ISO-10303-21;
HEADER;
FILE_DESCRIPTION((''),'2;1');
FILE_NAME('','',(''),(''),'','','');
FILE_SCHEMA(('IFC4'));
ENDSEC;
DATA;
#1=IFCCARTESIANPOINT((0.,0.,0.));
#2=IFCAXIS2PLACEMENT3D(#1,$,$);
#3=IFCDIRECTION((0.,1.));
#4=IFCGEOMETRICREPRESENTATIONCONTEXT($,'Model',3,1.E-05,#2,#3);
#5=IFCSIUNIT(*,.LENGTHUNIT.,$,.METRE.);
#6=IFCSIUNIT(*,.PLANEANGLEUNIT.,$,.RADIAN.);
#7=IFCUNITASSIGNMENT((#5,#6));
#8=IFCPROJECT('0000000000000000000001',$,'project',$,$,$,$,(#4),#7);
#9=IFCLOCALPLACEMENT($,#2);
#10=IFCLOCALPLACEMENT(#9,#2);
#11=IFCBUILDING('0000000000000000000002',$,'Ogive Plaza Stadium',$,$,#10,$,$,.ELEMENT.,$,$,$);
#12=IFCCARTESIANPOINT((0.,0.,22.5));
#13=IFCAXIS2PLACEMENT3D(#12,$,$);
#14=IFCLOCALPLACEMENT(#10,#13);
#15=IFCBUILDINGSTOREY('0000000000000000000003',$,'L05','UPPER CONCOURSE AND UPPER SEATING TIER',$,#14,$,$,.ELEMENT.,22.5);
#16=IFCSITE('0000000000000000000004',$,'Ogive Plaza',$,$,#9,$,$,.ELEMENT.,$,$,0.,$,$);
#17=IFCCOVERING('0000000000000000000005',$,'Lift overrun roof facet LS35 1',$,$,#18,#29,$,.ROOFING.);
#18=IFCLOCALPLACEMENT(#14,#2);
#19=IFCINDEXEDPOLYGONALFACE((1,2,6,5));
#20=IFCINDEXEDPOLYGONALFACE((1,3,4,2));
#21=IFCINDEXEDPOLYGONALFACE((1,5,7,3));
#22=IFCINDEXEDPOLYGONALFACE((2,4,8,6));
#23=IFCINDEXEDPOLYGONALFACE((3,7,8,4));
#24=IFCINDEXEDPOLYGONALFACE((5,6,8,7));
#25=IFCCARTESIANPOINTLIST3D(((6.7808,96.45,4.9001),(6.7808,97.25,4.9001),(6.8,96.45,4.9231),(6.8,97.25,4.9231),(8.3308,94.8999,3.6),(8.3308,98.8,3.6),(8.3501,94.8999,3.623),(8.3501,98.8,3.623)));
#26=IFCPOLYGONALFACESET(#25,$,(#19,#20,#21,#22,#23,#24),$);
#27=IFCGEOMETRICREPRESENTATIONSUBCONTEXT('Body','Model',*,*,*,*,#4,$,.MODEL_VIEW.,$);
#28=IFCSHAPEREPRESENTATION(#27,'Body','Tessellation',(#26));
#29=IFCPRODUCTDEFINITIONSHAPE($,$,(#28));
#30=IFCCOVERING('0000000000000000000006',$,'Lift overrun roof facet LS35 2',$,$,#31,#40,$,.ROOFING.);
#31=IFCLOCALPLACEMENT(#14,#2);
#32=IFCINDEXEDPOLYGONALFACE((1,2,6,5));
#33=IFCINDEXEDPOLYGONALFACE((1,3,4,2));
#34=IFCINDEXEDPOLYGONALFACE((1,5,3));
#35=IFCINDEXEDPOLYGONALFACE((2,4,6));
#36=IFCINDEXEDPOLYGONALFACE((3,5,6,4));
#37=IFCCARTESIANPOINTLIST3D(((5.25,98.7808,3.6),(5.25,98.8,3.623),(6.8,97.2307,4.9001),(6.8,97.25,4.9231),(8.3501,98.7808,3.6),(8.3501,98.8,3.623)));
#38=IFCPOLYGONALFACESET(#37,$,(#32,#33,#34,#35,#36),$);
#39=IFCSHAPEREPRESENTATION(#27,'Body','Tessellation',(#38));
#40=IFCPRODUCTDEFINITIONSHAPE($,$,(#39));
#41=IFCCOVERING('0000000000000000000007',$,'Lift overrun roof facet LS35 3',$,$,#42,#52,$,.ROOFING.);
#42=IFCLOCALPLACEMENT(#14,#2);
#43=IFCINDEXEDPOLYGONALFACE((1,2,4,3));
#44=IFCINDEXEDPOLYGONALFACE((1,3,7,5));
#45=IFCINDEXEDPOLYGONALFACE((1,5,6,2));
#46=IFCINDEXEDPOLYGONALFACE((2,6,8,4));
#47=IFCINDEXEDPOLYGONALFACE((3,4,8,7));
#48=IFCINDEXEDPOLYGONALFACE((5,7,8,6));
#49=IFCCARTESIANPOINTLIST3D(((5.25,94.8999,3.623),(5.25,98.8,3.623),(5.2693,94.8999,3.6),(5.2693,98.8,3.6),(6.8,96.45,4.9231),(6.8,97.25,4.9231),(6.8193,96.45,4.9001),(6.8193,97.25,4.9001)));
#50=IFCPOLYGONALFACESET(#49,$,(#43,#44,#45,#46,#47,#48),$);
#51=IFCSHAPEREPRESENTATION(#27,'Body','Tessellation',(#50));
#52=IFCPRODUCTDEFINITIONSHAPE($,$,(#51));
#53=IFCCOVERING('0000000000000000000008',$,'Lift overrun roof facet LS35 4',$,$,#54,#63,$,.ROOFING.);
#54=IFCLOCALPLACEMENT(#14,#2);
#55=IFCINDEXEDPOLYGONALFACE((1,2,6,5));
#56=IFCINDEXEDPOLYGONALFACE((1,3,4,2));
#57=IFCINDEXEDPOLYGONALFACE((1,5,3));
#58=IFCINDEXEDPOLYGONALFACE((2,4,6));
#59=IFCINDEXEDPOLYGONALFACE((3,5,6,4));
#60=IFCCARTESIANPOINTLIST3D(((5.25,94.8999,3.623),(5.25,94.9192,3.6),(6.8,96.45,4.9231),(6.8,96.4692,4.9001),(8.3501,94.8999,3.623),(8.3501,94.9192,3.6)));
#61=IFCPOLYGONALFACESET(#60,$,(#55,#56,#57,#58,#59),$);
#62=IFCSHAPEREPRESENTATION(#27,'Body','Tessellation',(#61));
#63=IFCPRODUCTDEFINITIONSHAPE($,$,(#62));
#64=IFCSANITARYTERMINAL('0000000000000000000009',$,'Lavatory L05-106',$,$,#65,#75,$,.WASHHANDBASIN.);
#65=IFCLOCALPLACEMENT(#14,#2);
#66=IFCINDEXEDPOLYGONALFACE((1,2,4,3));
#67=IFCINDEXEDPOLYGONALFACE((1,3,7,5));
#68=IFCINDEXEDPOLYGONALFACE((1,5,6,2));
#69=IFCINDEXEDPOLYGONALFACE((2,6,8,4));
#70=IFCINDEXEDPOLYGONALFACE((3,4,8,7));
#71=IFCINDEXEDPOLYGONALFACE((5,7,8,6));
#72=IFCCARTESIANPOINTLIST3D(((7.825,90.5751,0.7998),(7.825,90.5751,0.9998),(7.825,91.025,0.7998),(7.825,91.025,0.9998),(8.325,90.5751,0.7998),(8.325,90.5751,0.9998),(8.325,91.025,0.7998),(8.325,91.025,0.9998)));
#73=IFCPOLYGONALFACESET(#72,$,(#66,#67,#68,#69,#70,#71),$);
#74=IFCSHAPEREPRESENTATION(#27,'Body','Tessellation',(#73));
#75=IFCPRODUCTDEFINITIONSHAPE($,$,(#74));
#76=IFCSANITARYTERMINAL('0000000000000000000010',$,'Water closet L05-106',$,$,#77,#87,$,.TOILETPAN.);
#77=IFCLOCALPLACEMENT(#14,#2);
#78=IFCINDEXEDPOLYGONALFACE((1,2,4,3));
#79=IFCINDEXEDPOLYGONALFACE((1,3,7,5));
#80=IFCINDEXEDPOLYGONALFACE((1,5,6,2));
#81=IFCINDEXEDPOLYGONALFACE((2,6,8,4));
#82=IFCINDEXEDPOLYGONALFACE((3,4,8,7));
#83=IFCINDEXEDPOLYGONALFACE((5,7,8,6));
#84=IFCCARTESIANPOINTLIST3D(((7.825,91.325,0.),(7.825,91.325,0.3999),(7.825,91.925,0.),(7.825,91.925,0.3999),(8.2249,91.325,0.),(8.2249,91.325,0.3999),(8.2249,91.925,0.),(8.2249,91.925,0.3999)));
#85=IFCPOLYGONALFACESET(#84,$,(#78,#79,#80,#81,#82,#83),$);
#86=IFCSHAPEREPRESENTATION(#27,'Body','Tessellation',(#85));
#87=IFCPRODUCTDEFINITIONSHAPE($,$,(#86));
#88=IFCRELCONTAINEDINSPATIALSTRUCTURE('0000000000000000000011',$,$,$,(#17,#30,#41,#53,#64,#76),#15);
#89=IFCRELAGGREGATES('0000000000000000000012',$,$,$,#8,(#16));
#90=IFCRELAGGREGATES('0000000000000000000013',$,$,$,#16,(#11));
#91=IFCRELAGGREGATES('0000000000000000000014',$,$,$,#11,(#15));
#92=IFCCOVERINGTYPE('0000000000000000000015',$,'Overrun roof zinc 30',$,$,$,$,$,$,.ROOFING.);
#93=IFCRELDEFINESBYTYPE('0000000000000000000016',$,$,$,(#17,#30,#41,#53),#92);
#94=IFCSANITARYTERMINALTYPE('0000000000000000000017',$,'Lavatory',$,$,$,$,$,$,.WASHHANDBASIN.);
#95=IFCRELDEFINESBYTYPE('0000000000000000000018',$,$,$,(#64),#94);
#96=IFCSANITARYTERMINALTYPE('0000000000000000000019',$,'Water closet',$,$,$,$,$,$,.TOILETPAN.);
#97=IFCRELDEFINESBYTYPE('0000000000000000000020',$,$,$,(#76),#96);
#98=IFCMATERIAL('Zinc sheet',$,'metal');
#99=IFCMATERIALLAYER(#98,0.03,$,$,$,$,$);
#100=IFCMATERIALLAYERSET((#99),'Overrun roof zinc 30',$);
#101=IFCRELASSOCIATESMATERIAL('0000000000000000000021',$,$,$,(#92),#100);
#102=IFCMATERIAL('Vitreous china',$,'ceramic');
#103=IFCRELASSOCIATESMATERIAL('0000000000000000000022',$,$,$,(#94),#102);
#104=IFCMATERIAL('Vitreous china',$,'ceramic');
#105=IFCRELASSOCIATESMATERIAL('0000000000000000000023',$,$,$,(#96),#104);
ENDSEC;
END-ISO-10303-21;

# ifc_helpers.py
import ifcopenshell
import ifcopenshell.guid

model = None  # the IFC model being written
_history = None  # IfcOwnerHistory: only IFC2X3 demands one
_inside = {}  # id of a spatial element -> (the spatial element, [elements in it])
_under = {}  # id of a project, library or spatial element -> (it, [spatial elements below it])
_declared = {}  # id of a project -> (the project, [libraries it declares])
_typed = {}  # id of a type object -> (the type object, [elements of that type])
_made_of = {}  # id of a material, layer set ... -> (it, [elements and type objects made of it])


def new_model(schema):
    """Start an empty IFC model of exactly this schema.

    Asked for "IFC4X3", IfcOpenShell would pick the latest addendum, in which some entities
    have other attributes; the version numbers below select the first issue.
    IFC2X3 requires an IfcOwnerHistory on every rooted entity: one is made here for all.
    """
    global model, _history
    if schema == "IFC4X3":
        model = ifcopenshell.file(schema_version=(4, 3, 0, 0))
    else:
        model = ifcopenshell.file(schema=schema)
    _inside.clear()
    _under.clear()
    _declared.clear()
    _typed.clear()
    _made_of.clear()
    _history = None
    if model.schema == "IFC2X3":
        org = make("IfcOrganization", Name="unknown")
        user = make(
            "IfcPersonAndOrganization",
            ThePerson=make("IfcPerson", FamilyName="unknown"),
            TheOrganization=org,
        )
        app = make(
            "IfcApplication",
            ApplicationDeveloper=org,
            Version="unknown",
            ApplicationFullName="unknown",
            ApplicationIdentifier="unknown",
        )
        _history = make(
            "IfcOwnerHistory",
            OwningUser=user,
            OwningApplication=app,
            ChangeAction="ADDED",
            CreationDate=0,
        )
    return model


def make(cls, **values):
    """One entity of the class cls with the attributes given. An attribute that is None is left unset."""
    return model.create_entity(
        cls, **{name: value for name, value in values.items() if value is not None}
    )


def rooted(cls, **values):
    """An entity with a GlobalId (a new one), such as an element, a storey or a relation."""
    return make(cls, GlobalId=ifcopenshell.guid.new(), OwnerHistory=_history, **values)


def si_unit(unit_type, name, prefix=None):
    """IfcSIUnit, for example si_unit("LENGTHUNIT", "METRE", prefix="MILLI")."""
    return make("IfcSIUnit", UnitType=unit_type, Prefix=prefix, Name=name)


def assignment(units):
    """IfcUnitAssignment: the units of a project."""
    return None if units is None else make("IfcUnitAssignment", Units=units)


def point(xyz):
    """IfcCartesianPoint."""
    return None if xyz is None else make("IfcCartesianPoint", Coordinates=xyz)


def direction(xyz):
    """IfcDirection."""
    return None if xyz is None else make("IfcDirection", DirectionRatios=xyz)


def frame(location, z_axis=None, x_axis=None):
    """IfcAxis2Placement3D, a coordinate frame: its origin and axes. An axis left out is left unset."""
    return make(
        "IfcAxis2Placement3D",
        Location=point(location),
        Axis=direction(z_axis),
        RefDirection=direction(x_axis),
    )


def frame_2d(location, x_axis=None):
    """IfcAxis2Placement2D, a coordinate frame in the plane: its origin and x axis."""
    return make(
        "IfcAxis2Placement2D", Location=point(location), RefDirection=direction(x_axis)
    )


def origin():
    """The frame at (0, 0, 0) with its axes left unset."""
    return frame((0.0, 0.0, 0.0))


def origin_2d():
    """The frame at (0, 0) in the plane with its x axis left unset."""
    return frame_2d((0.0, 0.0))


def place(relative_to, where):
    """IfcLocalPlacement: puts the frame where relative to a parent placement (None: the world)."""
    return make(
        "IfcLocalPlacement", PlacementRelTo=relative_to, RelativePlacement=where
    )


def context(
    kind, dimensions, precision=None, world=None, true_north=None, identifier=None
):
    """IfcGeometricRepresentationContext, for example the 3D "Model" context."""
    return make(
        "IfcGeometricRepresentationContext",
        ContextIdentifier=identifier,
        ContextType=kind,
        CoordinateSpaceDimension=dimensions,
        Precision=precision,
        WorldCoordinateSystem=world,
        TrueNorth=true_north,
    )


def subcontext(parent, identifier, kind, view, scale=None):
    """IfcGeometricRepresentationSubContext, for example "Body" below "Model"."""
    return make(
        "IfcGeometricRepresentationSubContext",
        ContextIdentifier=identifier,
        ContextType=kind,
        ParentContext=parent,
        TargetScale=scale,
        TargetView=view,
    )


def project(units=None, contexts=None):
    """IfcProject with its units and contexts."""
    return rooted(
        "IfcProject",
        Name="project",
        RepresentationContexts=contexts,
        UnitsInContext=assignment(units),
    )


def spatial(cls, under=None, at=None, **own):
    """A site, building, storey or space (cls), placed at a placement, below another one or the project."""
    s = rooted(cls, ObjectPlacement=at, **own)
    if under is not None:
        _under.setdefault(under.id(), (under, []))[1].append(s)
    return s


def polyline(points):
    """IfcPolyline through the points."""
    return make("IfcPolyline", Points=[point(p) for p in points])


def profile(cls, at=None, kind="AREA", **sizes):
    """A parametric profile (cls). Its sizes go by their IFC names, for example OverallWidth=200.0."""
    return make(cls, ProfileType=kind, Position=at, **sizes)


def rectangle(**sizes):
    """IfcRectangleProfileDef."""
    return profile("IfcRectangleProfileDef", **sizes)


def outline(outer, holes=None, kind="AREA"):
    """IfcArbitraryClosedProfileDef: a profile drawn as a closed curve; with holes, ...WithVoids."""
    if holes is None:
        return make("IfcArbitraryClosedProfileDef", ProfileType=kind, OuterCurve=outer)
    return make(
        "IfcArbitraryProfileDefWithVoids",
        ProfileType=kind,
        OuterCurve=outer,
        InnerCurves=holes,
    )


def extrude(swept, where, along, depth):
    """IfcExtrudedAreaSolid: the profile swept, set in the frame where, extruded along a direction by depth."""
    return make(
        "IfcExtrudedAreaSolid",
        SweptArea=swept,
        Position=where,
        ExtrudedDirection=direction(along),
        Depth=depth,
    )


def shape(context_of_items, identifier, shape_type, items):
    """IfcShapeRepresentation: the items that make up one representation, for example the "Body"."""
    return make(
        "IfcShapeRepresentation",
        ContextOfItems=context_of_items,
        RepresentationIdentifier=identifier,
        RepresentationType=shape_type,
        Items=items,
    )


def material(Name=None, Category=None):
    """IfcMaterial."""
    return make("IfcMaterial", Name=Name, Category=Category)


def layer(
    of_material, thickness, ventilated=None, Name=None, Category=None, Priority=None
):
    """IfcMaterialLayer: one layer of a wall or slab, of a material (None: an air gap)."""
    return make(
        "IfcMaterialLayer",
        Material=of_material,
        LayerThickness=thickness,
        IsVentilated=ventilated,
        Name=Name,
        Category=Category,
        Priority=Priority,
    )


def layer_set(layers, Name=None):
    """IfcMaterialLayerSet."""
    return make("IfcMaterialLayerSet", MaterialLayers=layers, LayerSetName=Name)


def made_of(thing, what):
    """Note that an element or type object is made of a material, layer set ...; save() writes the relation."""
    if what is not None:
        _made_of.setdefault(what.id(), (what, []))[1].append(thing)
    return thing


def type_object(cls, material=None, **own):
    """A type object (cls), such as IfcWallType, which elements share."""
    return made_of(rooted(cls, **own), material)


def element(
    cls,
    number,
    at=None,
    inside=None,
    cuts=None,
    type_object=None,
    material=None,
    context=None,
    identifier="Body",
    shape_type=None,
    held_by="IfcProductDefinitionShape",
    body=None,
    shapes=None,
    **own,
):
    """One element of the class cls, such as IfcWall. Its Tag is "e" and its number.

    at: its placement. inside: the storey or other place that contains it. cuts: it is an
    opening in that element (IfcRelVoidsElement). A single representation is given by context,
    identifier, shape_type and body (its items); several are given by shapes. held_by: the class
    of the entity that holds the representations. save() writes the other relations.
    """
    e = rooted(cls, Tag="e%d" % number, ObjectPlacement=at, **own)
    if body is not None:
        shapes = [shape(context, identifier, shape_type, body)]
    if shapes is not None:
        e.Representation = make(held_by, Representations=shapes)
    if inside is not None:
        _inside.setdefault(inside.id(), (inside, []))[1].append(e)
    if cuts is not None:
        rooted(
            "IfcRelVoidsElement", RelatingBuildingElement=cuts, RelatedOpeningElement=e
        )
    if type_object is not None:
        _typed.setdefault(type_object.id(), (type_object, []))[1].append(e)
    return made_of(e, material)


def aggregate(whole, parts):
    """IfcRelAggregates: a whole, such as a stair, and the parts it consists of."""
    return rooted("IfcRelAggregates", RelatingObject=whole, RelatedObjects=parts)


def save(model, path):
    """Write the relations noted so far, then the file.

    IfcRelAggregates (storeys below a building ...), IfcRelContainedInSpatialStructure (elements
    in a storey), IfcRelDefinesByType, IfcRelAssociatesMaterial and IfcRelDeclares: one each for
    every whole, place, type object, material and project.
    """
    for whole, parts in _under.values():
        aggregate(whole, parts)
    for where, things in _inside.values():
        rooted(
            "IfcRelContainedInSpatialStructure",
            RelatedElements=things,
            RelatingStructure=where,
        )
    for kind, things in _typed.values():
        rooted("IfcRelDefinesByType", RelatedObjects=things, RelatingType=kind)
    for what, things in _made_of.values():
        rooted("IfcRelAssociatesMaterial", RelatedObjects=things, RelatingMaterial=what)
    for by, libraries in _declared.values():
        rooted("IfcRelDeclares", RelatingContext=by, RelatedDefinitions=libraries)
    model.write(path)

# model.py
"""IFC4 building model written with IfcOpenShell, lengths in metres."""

from ifc_helpers import new_model, si_unit, direction, frame, origin, origin_2d, place, context, subcontext, project, spatial, polyline, rectangle, outline, extrude, material, layer, layer_set, type_object, element, save


model = new_model("IFC4")

# Units and contexts
model_context = context("Model", 3, precision=1e-05, world=origin(), true_north=direction((0.0, 1.0)))
body_context = subcontext(model_context, "Body", "Model", "MODEL_VIEW")
ifc_project = project(units=[si_unit("LENGTHUNIT", "METRE"), si_unit("PLANEANGLEUNIT", "RADIAN")], contexts=[model_context])

# Site, building, storey
site_placement = place(None, origin())
site = spatial("IfcSite", under=ifc_project, at=site_placement, Name="Ogive Plaza", CompositionType="ELEMENT", RefElevation=0.0)
building_placement = place(site_placement, origin())
building = spatial("IfcBuilding", under=site, at=building_placement, Name="Ogive Plaza Stadium", CompositionType="ELEMENT")
storey_placement = place(building_placement, frame((0.0, 0.0, 22.5)))
storey = spatial("IfcBuildingStorey", under=building, at=storey_placement, Name="L05", Description="UPPER CONCOURSE AND UPPER SEATING TIER", CompositionType="ELEMENT", Elevation=22.5)

# Coverings
ifc_material_1 = material(Name="Zinc sheet", Category="metal")
ifc_layer_1 = layer(ifc_material_1, 0.03)
ifc_layer_set_1 = layer_set([ifc_layer_1], Name="Overrun roof zinc 30")
covering_type = type_object("IfcCoveringType", Name="Overrun roof zinc 30", PredefinedType="ROOFING", material=ifc_layer_set_1)
covering_1_placement = place(storey_placement, frame((8.3501, 94.8999, 3.623), z_axis=(0.642615, 0.0, 0.76619), x_axis=(0.0, 1.0, 0.0)))
element("IfcCovering", 1, at=covering_1_placement, inside=storey, type_object=covering_type, Name="Lift overrun roof facet LS35 1", PredefinedType="ROOFING", context=body_context, shape_type="SweptSolid", body=[
    extrude(outline(polyline([(0.0, 0.0), (3.9001, 0.0), (2.3501, 2.0231), (1.55, 2.0231), (0.0, 0.0)])), origin(), (0.0, 0.0, -1.0), 0.03),
])
covering_2_placement = place(storey_placement, frame((8.3501, 98.8, 3.623), z_axis=(0.0, 0.642615, 0.76619), x_axis=(-1.0, 0.0, 0.0)))
element("IfcCovering", 2, at=covering_2_placement, inside=storey, type_object=covering_type, Name="Lift overrun roof facet LS35 2", PredefinedType="ROOFING", context=body_context, shape_type="SweptSolid", body=[
    extrude(outline(polyline([(0.0, 0.0), (3.1001, 0.0), (1.55, 2.0231), (0.0, 0.0)])), origin(), (0.0, 0.0, -1.0), 0.03),
])
covering_3_placement = place(storey_placement, frame((5.25, 98.8, 3.623), z_axis=(-0.642615, 0.0, 0.76619), x_axis=(0.0, -1.0, 0.0)))
element("IfcCovering", 3, at=covering_3_placement, inside=storey, type_object=covering_type, Name="Lift overrun roof facet LS35 3", PredefinedType="ROOFING", context=body_context, shape_type="SweptSolid", body=[
    extrude(outline(polyline([(0.0, 0.0), (3.9001, 0.0), (2.3501, 2.0231), (1.55, 2.0231), (0.0, 0.0)])), origin(), (0.0, 0.0, -1.0), 0.03),
])
covering_4_placement = place(storey_placement, frame((5.25, 94.8999, 3.623), z_axis=(0.0, -0.642615, 0.76619), x_axis=(1.0, 0.0, 0.0)))
element("IfcCovering", 4, at=covering_4_placement, inside=storey, type_object=covering_type, Name="Lift overrun roof facet LS35 4", PredefinedType="ROOFING", context=body_context, shape_type="SweptSolid", body=[
    extrude(outline(polyline([(0.0, 0.0), (3.1001, 0.0), (1.55, 2.0231), (0.0, 0.0)])), origin(), (0.0, 0.0, -1.0), 0.03),
])

# Sanitary terminals
ifc_material_2 = material(Name="Vitreous china", Category="ceramic")
sanitary_terminal_type_1 = type_object("IfcSanitaryTerminalType", Name="Lavatory", PredefinedType="WASHHANDBASIN", material=ifc_material_2)
sanitary_terminal_1_placement = place(storey_placement, frame((8.075, 90.8, 0.7998), z_axis=(0.0, 0.0, 1.0), x_axis=(1.0, 0.0, 0.0)))
element("IfcSanitaryTerminal", 5, at=sanitary_terminal_1_placement, inside=storey, type_object=sanitary_terminal_type_1, Name="Lavatory L05-106", PredefinedType="WASHHANDBASIN", context=body_context, shape_type="SweptSolid", body=[
    extrude(rectangle(XDim=0.5, YDim=0.45, at=origin_2d()), origin(), (0.0, 0.0, 1.0), 0.2),
])
ifc_material_3 = material(Name="Vitreous china", Category="ceramic")
sanitary_terminal_type_2 = type_object("IfcSanitaryTerminalType", Name="Water closet", PredefinedType="TOILETPAN", material=ifc_material_3)
sanitary_terminal_2_placement = place(storey_placement, frame((8.0249, 91.625, 0.0), z_axis=(0.0, 0.0, 1.0), x_axis=(1.0, 0.0, 0.0)))
element("IfcSanitaryTerminal", 6, at=sanitary_terminal_2_placement, inside=storey, type_object=sanitary_terminal_type_2, Name="Water closet L05-106", PredefinedType="TOILETPAN", context=body_context, shape_type="SweptSolid", body=[
    extrude(rectangle(XDim=0.3999, YDim=0.6001, at=origin_2d()), origin(), (0.0, 0.0, 1.0), 0.3999),
])

save(model, "model.ifc")
